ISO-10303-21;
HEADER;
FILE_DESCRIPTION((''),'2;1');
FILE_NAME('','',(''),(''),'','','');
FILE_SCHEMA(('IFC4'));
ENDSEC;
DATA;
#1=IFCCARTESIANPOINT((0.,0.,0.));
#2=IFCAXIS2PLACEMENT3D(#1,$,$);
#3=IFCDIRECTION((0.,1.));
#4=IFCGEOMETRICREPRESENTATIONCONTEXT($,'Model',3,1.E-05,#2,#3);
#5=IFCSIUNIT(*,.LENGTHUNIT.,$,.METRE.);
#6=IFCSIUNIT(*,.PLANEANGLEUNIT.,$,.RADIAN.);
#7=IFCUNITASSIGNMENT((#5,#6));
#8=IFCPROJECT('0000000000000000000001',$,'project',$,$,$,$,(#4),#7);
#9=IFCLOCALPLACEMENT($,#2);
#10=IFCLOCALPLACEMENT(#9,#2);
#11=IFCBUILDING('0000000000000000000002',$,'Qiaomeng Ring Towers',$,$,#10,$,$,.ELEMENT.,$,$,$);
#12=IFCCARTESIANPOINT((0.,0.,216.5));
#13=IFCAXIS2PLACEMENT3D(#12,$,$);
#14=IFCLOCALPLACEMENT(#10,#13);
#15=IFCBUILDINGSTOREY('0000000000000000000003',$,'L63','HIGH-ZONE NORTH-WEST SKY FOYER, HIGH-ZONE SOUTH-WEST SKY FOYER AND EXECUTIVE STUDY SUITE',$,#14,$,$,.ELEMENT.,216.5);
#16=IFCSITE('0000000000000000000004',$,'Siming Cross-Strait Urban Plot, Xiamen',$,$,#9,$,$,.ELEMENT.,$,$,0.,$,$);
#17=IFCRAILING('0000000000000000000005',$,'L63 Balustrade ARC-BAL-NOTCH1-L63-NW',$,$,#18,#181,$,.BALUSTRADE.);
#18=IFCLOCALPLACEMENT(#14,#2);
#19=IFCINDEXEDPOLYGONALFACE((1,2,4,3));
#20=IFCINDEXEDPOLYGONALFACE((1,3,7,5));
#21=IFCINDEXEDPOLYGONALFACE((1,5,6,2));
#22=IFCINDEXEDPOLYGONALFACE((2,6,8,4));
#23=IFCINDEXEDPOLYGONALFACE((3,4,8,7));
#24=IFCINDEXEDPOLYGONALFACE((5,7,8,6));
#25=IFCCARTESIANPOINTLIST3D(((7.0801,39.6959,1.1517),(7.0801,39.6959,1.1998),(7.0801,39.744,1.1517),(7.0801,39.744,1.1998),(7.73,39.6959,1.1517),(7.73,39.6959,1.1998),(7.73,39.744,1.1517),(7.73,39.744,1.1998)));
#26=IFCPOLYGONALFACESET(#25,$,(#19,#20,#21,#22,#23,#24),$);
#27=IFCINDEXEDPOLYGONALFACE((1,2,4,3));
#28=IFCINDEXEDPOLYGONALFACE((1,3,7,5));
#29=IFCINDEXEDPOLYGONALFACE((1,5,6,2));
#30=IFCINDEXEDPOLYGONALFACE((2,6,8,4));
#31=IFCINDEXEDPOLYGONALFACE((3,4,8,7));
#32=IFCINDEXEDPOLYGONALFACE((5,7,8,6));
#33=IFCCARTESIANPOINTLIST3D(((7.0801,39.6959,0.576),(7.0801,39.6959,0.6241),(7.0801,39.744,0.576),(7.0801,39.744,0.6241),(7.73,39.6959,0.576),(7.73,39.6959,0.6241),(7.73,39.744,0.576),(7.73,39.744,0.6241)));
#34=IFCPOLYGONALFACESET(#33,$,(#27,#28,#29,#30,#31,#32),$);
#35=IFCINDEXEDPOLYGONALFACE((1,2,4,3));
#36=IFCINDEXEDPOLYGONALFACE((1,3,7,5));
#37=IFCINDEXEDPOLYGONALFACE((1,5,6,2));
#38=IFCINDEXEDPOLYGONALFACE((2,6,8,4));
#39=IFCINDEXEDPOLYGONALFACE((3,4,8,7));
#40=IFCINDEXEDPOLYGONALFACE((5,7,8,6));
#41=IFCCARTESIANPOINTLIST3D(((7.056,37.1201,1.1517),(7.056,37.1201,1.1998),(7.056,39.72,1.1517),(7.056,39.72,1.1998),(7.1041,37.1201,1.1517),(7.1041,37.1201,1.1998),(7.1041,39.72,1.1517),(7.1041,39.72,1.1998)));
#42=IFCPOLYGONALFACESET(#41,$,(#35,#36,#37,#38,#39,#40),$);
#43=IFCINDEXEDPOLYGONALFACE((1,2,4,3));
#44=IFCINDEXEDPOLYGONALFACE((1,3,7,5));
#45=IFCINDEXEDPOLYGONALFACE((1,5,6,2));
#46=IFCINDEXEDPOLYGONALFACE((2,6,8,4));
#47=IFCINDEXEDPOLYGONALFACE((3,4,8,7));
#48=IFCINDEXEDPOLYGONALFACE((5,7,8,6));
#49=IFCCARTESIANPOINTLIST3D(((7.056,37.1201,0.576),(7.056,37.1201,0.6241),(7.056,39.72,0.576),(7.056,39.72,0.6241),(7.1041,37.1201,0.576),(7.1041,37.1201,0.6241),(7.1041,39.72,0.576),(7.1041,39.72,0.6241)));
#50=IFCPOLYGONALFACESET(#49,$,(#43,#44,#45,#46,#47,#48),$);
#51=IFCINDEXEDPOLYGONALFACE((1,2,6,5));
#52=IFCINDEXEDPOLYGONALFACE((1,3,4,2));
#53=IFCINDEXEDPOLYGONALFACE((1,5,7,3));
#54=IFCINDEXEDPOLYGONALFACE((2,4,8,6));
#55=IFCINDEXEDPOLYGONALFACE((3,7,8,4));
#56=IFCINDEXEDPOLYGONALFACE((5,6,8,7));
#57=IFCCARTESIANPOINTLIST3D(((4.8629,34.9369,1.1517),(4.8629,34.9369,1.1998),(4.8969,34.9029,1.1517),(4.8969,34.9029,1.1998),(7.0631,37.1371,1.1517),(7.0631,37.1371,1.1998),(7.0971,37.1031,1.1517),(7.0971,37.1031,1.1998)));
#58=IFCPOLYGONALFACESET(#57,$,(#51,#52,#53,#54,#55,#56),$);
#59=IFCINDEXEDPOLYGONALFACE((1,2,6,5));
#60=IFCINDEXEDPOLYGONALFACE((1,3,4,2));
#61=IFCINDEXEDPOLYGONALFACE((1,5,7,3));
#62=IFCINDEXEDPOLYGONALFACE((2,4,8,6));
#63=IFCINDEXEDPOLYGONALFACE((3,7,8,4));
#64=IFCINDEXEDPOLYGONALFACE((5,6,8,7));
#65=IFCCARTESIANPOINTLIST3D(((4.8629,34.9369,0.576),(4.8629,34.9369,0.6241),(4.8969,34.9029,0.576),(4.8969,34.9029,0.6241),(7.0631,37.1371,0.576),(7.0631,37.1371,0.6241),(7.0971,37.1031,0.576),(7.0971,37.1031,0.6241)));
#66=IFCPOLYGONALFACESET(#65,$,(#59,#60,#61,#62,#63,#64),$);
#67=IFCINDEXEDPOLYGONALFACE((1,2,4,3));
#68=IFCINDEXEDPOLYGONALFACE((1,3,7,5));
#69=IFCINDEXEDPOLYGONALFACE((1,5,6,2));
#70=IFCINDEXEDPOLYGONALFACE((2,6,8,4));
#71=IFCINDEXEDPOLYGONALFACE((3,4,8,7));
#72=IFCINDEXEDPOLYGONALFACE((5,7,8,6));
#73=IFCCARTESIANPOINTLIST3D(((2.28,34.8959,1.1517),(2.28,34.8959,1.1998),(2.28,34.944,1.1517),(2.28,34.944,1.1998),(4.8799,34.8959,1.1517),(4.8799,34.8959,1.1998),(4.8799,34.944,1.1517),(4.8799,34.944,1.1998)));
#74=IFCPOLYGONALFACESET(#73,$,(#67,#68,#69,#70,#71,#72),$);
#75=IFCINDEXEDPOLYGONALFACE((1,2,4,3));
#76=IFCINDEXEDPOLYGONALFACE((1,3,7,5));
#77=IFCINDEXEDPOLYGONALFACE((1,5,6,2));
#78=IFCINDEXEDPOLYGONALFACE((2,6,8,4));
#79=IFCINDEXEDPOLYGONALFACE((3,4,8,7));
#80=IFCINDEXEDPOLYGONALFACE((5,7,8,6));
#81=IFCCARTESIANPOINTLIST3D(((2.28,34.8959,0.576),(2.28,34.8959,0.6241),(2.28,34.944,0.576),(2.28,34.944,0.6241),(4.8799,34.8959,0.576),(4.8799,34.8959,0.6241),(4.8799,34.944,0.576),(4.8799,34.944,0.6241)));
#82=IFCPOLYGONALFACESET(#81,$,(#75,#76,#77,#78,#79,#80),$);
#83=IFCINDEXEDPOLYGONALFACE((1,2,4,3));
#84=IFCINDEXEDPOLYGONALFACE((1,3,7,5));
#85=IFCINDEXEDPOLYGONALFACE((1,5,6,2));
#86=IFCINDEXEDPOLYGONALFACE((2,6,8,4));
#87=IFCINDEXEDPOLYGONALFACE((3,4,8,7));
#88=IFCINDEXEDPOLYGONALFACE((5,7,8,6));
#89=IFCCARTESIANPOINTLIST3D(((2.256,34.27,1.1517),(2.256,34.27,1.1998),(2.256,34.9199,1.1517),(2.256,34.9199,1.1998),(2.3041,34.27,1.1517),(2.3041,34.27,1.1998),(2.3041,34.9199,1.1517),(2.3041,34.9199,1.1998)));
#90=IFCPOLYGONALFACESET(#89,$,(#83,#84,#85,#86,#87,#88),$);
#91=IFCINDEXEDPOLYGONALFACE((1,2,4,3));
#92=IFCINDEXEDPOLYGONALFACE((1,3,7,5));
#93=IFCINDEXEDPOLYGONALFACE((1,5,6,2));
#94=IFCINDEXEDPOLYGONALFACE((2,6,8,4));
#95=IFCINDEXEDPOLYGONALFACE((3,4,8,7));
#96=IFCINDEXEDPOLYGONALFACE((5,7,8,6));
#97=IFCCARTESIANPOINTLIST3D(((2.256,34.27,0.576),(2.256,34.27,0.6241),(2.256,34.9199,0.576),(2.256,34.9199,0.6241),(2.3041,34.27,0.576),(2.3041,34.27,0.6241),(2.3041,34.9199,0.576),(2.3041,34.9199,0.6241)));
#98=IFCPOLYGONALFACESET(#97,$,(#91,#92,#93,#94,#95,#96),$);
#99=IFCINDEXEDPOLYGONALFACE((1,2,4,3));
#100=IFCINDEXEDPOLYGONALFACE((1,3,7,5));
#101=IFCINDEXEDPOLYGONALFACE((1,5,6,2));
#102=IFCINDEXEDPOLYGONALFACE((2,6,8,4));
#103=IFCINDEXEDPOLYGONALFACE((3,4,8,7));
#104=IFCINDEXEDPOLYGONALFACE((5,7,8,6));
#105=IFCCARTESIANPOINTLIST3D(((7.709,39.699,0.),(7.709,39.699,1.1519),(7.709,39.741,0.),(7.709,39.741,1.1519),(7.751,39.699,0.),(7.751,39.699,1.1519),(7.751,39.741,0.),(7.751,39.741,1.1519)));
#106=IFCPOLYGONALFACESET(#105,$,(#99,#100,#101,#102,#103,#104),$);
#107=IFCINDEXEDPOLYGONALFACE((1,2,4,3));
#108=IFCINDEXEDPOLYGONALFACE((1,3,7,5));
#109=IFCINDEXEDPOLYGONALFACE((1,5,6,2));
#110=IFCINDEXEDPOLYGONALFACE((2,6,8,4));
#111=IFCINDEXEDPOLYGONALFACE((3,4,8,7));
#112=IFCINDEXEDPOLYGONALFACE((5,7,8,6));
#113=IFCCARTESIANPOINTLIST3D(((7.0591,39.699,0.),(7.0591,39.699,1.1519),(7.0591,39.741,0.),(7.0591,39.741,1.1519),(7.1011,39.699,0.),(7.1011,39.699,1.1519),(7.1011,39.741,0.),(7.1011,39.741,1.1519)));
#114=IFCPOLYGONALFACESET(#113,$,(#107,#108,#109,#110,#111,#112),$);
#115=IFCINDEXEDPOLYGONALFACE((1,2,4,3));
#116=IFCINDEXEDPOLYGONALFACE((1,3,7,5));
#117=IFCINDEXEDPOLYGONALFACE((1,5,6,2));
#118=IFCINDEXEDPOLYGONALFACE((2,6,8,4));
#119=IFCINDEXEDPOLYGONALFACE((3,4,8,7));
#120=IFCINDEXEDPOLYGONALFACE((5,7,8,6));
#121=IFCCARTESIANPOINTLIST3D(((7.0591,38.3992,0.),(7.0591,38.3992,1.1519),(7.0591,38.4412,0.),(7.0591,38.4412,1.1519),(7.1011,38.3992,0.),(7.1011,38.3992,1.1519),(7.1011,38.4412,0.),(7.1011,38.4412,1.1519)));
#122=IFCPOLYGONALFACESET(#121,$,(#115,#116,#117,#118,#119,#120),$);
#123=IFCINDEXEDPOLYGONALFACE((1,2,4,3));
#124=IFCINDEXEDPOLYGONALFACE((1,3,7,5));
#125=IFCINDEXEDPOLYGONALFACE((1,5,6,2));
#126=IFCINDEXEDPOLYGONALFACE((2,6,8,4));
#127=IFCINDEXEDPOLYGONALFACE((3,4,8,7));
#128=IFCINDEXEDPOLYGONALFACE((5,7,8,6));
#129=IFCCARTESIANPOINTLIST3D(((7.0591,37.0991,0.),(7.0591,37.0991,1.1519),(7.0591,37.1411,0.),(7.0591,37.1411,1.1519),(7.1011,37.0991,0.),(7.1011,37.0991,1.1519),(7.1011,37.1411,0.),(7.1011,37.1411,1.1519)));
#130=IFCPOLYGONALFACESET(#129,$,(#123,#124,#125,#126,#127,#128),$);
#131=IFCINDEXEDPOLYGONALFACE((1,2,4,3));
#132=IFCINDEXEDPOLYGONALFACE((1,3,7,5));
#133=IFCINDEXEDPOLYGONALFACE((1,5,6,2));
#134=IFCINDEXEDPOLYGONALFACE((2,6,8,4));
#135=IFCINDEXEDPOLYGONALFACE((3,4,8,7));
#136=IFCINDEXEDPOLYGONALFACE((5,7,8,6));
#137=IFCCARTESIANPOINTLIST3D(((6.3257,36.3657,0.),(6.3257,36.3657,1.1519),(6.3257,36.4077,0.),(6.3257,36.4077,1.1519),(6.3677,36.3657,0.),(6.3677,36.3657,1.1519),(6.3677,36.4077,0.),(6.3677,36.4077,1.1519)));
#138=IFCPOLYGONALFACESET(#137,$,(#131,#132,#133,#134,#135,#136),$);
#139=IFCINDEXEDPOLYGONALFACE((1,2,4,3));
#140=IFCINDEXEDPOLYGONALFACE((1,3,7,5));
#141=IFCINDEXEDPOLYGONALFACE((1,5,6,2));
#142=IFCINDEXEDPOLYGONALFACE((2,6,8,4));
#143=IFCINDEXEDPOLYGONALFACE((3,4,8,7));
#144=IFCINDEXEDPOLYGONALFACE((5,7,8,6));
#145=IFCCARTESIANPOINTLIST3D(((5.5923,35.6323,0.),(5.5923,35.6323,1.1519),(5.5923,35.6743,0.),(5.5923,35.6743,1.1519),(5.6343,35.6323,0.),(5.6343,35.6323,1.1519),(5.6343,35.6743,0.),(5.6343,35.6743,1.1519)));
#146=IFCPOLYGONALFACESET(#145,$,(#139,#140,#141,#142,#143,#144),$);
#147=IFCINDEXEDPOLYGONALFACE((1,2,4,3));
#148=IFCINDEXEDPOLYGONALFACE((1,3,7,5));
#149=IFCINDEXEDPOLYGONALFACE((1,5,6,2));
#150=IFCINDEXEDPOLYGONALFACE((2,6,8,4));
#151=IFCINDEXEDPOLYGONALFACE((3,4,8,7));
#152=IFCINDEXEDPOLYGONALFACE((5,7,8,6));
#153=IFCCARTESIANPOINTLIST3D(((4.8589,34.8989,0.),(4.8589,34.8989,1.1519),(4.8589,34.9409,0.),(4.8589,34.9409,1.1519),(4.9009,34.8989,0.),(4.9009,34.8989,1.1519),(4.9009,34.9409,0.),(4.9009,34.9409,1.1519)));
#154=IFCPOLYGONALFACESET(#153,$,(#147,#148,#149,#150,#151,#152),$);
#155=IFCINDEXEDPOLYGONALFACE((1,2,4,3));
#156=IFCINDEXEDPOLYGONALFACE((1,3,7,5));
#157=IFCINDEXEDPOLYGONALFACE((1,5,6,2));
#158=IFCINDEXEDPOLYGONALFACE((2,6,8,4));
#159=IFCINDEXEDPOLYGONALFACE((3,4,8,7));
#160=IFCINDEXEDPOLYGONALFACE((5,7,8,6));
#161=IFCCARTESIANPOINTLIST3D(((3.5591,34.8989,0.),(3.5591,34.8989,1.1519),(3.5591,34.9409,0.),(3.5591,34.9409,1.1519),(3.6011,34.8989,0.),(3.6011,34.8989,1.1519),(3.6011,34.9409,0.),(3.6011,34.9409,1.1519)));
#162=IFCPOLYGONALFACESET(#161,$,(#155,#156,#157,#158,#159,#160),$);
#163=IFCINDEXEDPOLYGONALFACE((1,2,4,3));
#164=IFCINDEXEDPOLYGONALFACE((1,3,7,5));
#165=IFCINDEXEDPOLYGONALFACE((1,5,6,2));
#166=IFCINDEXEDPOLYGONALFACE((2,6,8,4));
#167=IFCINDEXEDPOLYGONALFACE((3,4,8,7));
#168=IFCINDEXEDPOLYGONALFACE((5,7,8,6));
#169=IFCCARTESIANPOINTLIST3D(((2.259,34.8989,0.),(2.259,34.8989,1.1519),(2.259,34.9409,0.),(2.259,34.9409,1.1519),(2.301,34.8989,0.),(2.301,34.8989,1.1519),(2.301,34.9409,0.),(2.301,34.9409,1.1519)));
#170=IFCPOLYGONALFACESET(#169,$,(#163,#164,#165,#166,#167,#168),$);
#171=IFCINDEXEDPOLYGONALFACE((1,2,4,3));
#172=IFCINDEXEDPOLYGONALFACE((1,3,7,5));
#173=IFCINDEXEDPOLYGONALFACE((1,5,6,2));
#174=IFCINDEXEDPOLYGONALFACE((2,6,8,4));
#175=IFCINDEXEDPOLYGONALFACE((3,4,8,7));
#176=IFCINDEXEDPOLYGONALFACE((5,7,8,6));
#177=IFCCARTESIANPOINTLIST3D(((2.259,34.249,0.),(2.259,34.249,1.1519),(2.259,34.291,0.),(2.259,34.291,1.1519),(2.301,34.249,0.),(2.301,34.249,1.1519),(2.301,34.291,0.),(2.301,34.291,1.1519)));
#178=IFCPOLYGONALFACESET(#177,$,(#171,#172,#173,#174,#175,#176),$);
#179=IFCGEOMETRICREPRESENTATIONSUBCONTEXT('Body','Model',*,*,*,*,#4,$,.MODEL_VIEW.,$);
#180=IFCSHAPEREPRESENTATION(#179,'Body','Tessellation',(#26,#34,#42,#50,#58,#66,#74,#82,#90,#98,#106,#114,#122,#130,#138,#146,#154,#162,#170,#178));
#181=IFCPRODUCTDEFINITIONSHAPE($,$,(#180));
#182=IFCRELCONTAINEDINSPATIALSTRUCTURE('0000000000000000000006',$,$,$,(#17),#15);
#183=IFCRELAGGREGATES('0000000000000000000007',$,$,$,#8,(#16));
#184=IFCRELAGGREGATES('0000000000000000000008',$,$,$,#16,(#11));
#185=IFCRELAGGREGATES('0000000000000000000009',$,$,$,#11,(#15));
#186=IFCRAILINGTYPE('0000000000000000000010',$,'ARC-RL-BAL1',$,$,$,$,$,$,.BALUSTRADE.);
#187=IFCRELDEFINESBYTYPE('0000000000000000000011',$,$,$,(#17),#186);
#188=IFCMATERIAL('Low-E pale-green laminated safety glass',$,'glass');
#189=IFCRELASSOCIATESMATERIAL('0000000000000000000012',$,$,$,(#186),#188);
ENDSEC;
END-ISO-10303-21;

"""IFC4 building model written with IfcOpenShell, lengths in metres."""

from ifc_helpers import new_model, si_unit, direction, frame, origin, origin_2d, place, context, subcontext, project, spatial, rectangle, extrude, material, type_object, element, save


model = new_model("IFC4")

# Units and contexts
model_context = context("Model", 3, precision=1e-05, world=origin(), true_north=direction((0.0, 1.0)))
body_context = subcontext(model_context, "Body", "Model", "MODEL_VIEW")
ifc_project = project(units=[si_unit("LENGTHUNIT", "METRE"), si_unit("PLANEANGLEUNIT", "RADIAN")], contexts=[model_context])

# Site, building, storey
site_placement = place(None, origin())
site = spatial("IfcSite", under=ifc_project, at=site_placement, Name="Siming Cross-Strait Urban Plot, Xiamen", CompositionType="ELEMENT", RefElevation=0.0)
building_placement = place(site_placement, origin())
building = spatial("IfcBuilding", under=site, at=building_placement, Name="Qiaomeng Ring Towers", CompositionType="ELEMENT")
storey_placement = place(building_placement, frame((0.0, 0.0, 216.5)))
storey = spatial("IfcBuildingStorey", under=building, at=storey_placement, Name="L63", Description="HIGH-ZONE NORTH-WEST SKY FOYER, HIGH-ZONE SOUTH-WEST SKY FOYER AND EXECUTIVE STUDY SUITE", CompositionType="ELEMENT", Elevation=216.5)

# Railing
ifc_material_1 = material(Name="Low-E pale-green laminated safety glass", Category="glass")
railing_type = type_object("IfcRailingType", Name="ARC-RL-BAL1", PredefinedType="BALUSTRADE", material=ifc_material_1)
railing_placement = place(storey_placement, frame((7.73, 39.72, 0.0)))
element("IfcRailing", 1, at=railing_placement, inside=storey, type_object=railing_type, Name="L63 Balustrade ARC-BAL-NOTCH1-L63-NW", PredefinedType="BALUSTRADE", context=body_context, shape_type="SweptSolid", body=[
    extrude(rectangle(XDim=0.0481, YDim=0.0481, at=origin_2d()), frame((0.0, 0.0, 1.1758), z_axis=(-1.0, 0.0, 0.0), x_axis=(0.0, -1.0, 0.0)), (0.0, 0.0, 1.0), 0.6499),
    extrude(rectangle(XDim=0.0481, YDim=0.0481, at=origin_2d()), frame((0.0, 0.0, 0.6001), z_axis=(-1.0, 0.0, 0.0), x_axis=(0.0, -1.0, 0.0)), (0.0, 0.0, 1.0), 0.6499),
    extrude(rectangle(XDim=0.0481, YDim=0.0481, at=origin_2d()), frame((-0.6499, 0.0, 1.1758), z_axis=(0.0, -1.0, 0.0), x_axis=(1.0, 0.0, 0.0)), (0.0, 0.0, 1.0), 2.5999),
    extrude(rectangle(XDim=0.0481, YDim=0.0481, at=origin_2d()), frame((-0.6499, 0.0, 0.6001), z_axis=(0.0, -1.0, 0.0), x_axis=(1.0, 0.0, 0.0)), (0.0, 0.0, 1.0), 2.5999),
    extrude(rectangle(XDim=0.0481, YDim=0.0481, at=origin_2d()), frame((-0.6499, -2.5999, 1.1758), z_axis=(-0.707107, -0.707107, 0.0), x_axis=(0.707107, -0.707107, 0.0)), (0.0, 0.0, 1.0), 3.1116),
    extrude(rectangle(XDim=0.0481, YDim=0.0481, at=origin_2d()), frame((-0.6499, -2.5999, 0.6001), z_axis=(-0.707107, -0.707107, 0.0), x_axis=(0.707107, -0.707107, 0.0)), (0.0, 0.0, 1.0), 3.1116),
    extrude(rectangle(XDim=0.0481, YDim=0.0481, at=origin_2d()), frame((-2.8501, -4.8, 1.1758), z_axis=(-1.0, 0.0, 0.0), x_axis=(0.0, -1.0, 0.0)), (0.0, 0.0, 1.0), 2.5999),
    extrude(rectangle(XDim=0.0481, YDim=0.0481, at=origin_2d()), frame((-2.8501, -4.8, 0.6001), z_axis=(-1.0, 0.0, 0.0), x_axis=(0.0, -1.0, 0.0)), (0.0, 0.0, 1.0), 2.5999),
    extrude(rectangle(XDim=0.0481, YDim=0.0481, at=origin_2d()), frame((-5.45, -4.8, 1.1758), z_axis=(0.0, -1.0, 0.0), x_axis=(1.0, 0.0, 0.0)), (0.0, 0.0, 1.0), 0.6499),
    extrude(rectangle(XDim=0.0481, YDim=0.0481, at=origin_2d()), frame((-5.45, -4.8, 0.6001), z_axis=(0.0, -1.0, 0.0), x_axis=(1.0, 0.0, 0.0)), (0.0, 0.0, 1.0), 0.6499),
    extrude(rectangle(XDim=0.042, YDim=0.042, at=origin_2d()), origin(), (0.0, 0.0, 1.0), 1.1519),
    extrude(rectangle(XDim=0.042, YDim=0.042, at=origin_2d()), frame((-0.6499, 0.0, 0.0)), (0.0, 0.0, 1.0), 1.1519),
    extrude(rectangle(XDim=0.042, YDim=0.042, at=origin_2d()), frame((-0.6499, -1.2998, 0.0)), (0.0, 0.0, 1.0), 1.1519),
    extrude(rectangle(XDim=0.042, YDim=0.042, at=origin_2d()), frame((-0.6499, -2.5999, 0.0)), (0.0, 0.0, 1.0), 1.1519),
    extrude(rectangle(XDim=0.042, YDim=0.042, at=origin_2d()), frame((-1.3833, -3.3333, 0.0)), (0.0, 0.0, 1.0), 1.1519),
    extrude(rectangle(XDim=0.042, YDim=0.042, at=origin_2d()), frame((-2.1167, -4.0667, 0.0)), (0.0, 0.0, 1.0), 1.1519),
    extrude(rectangle(XDim=0.042, YDim=0.042, at=origin_2d()), frame((-2.8501, -4.8, 0.0)), (0.0, 0.0, 1.0), 1.1519),
    extrude(rectangle(XDim=0.042, YDim=0.042, at=origin_2d()), frame((-4.1499, -4.8, 0.0)), (0.0, 0.0, 1.0), 1.1519),
    extrude(rectangle(XDim=0.042, YDim=0.042, at=origin_2d()), frame((-5.45, -4.8, 0.0)), (0.0, 0.0, 1.0), 1.1519),
    extrude(rectangle(XDim=0.042, YDim=0.042, at=origin_2d()), frame((-5.45, -5.45, 0.0)), (0.0, 0.0, 1.0), 1.1519),
])

save(model, "model.ifc")
